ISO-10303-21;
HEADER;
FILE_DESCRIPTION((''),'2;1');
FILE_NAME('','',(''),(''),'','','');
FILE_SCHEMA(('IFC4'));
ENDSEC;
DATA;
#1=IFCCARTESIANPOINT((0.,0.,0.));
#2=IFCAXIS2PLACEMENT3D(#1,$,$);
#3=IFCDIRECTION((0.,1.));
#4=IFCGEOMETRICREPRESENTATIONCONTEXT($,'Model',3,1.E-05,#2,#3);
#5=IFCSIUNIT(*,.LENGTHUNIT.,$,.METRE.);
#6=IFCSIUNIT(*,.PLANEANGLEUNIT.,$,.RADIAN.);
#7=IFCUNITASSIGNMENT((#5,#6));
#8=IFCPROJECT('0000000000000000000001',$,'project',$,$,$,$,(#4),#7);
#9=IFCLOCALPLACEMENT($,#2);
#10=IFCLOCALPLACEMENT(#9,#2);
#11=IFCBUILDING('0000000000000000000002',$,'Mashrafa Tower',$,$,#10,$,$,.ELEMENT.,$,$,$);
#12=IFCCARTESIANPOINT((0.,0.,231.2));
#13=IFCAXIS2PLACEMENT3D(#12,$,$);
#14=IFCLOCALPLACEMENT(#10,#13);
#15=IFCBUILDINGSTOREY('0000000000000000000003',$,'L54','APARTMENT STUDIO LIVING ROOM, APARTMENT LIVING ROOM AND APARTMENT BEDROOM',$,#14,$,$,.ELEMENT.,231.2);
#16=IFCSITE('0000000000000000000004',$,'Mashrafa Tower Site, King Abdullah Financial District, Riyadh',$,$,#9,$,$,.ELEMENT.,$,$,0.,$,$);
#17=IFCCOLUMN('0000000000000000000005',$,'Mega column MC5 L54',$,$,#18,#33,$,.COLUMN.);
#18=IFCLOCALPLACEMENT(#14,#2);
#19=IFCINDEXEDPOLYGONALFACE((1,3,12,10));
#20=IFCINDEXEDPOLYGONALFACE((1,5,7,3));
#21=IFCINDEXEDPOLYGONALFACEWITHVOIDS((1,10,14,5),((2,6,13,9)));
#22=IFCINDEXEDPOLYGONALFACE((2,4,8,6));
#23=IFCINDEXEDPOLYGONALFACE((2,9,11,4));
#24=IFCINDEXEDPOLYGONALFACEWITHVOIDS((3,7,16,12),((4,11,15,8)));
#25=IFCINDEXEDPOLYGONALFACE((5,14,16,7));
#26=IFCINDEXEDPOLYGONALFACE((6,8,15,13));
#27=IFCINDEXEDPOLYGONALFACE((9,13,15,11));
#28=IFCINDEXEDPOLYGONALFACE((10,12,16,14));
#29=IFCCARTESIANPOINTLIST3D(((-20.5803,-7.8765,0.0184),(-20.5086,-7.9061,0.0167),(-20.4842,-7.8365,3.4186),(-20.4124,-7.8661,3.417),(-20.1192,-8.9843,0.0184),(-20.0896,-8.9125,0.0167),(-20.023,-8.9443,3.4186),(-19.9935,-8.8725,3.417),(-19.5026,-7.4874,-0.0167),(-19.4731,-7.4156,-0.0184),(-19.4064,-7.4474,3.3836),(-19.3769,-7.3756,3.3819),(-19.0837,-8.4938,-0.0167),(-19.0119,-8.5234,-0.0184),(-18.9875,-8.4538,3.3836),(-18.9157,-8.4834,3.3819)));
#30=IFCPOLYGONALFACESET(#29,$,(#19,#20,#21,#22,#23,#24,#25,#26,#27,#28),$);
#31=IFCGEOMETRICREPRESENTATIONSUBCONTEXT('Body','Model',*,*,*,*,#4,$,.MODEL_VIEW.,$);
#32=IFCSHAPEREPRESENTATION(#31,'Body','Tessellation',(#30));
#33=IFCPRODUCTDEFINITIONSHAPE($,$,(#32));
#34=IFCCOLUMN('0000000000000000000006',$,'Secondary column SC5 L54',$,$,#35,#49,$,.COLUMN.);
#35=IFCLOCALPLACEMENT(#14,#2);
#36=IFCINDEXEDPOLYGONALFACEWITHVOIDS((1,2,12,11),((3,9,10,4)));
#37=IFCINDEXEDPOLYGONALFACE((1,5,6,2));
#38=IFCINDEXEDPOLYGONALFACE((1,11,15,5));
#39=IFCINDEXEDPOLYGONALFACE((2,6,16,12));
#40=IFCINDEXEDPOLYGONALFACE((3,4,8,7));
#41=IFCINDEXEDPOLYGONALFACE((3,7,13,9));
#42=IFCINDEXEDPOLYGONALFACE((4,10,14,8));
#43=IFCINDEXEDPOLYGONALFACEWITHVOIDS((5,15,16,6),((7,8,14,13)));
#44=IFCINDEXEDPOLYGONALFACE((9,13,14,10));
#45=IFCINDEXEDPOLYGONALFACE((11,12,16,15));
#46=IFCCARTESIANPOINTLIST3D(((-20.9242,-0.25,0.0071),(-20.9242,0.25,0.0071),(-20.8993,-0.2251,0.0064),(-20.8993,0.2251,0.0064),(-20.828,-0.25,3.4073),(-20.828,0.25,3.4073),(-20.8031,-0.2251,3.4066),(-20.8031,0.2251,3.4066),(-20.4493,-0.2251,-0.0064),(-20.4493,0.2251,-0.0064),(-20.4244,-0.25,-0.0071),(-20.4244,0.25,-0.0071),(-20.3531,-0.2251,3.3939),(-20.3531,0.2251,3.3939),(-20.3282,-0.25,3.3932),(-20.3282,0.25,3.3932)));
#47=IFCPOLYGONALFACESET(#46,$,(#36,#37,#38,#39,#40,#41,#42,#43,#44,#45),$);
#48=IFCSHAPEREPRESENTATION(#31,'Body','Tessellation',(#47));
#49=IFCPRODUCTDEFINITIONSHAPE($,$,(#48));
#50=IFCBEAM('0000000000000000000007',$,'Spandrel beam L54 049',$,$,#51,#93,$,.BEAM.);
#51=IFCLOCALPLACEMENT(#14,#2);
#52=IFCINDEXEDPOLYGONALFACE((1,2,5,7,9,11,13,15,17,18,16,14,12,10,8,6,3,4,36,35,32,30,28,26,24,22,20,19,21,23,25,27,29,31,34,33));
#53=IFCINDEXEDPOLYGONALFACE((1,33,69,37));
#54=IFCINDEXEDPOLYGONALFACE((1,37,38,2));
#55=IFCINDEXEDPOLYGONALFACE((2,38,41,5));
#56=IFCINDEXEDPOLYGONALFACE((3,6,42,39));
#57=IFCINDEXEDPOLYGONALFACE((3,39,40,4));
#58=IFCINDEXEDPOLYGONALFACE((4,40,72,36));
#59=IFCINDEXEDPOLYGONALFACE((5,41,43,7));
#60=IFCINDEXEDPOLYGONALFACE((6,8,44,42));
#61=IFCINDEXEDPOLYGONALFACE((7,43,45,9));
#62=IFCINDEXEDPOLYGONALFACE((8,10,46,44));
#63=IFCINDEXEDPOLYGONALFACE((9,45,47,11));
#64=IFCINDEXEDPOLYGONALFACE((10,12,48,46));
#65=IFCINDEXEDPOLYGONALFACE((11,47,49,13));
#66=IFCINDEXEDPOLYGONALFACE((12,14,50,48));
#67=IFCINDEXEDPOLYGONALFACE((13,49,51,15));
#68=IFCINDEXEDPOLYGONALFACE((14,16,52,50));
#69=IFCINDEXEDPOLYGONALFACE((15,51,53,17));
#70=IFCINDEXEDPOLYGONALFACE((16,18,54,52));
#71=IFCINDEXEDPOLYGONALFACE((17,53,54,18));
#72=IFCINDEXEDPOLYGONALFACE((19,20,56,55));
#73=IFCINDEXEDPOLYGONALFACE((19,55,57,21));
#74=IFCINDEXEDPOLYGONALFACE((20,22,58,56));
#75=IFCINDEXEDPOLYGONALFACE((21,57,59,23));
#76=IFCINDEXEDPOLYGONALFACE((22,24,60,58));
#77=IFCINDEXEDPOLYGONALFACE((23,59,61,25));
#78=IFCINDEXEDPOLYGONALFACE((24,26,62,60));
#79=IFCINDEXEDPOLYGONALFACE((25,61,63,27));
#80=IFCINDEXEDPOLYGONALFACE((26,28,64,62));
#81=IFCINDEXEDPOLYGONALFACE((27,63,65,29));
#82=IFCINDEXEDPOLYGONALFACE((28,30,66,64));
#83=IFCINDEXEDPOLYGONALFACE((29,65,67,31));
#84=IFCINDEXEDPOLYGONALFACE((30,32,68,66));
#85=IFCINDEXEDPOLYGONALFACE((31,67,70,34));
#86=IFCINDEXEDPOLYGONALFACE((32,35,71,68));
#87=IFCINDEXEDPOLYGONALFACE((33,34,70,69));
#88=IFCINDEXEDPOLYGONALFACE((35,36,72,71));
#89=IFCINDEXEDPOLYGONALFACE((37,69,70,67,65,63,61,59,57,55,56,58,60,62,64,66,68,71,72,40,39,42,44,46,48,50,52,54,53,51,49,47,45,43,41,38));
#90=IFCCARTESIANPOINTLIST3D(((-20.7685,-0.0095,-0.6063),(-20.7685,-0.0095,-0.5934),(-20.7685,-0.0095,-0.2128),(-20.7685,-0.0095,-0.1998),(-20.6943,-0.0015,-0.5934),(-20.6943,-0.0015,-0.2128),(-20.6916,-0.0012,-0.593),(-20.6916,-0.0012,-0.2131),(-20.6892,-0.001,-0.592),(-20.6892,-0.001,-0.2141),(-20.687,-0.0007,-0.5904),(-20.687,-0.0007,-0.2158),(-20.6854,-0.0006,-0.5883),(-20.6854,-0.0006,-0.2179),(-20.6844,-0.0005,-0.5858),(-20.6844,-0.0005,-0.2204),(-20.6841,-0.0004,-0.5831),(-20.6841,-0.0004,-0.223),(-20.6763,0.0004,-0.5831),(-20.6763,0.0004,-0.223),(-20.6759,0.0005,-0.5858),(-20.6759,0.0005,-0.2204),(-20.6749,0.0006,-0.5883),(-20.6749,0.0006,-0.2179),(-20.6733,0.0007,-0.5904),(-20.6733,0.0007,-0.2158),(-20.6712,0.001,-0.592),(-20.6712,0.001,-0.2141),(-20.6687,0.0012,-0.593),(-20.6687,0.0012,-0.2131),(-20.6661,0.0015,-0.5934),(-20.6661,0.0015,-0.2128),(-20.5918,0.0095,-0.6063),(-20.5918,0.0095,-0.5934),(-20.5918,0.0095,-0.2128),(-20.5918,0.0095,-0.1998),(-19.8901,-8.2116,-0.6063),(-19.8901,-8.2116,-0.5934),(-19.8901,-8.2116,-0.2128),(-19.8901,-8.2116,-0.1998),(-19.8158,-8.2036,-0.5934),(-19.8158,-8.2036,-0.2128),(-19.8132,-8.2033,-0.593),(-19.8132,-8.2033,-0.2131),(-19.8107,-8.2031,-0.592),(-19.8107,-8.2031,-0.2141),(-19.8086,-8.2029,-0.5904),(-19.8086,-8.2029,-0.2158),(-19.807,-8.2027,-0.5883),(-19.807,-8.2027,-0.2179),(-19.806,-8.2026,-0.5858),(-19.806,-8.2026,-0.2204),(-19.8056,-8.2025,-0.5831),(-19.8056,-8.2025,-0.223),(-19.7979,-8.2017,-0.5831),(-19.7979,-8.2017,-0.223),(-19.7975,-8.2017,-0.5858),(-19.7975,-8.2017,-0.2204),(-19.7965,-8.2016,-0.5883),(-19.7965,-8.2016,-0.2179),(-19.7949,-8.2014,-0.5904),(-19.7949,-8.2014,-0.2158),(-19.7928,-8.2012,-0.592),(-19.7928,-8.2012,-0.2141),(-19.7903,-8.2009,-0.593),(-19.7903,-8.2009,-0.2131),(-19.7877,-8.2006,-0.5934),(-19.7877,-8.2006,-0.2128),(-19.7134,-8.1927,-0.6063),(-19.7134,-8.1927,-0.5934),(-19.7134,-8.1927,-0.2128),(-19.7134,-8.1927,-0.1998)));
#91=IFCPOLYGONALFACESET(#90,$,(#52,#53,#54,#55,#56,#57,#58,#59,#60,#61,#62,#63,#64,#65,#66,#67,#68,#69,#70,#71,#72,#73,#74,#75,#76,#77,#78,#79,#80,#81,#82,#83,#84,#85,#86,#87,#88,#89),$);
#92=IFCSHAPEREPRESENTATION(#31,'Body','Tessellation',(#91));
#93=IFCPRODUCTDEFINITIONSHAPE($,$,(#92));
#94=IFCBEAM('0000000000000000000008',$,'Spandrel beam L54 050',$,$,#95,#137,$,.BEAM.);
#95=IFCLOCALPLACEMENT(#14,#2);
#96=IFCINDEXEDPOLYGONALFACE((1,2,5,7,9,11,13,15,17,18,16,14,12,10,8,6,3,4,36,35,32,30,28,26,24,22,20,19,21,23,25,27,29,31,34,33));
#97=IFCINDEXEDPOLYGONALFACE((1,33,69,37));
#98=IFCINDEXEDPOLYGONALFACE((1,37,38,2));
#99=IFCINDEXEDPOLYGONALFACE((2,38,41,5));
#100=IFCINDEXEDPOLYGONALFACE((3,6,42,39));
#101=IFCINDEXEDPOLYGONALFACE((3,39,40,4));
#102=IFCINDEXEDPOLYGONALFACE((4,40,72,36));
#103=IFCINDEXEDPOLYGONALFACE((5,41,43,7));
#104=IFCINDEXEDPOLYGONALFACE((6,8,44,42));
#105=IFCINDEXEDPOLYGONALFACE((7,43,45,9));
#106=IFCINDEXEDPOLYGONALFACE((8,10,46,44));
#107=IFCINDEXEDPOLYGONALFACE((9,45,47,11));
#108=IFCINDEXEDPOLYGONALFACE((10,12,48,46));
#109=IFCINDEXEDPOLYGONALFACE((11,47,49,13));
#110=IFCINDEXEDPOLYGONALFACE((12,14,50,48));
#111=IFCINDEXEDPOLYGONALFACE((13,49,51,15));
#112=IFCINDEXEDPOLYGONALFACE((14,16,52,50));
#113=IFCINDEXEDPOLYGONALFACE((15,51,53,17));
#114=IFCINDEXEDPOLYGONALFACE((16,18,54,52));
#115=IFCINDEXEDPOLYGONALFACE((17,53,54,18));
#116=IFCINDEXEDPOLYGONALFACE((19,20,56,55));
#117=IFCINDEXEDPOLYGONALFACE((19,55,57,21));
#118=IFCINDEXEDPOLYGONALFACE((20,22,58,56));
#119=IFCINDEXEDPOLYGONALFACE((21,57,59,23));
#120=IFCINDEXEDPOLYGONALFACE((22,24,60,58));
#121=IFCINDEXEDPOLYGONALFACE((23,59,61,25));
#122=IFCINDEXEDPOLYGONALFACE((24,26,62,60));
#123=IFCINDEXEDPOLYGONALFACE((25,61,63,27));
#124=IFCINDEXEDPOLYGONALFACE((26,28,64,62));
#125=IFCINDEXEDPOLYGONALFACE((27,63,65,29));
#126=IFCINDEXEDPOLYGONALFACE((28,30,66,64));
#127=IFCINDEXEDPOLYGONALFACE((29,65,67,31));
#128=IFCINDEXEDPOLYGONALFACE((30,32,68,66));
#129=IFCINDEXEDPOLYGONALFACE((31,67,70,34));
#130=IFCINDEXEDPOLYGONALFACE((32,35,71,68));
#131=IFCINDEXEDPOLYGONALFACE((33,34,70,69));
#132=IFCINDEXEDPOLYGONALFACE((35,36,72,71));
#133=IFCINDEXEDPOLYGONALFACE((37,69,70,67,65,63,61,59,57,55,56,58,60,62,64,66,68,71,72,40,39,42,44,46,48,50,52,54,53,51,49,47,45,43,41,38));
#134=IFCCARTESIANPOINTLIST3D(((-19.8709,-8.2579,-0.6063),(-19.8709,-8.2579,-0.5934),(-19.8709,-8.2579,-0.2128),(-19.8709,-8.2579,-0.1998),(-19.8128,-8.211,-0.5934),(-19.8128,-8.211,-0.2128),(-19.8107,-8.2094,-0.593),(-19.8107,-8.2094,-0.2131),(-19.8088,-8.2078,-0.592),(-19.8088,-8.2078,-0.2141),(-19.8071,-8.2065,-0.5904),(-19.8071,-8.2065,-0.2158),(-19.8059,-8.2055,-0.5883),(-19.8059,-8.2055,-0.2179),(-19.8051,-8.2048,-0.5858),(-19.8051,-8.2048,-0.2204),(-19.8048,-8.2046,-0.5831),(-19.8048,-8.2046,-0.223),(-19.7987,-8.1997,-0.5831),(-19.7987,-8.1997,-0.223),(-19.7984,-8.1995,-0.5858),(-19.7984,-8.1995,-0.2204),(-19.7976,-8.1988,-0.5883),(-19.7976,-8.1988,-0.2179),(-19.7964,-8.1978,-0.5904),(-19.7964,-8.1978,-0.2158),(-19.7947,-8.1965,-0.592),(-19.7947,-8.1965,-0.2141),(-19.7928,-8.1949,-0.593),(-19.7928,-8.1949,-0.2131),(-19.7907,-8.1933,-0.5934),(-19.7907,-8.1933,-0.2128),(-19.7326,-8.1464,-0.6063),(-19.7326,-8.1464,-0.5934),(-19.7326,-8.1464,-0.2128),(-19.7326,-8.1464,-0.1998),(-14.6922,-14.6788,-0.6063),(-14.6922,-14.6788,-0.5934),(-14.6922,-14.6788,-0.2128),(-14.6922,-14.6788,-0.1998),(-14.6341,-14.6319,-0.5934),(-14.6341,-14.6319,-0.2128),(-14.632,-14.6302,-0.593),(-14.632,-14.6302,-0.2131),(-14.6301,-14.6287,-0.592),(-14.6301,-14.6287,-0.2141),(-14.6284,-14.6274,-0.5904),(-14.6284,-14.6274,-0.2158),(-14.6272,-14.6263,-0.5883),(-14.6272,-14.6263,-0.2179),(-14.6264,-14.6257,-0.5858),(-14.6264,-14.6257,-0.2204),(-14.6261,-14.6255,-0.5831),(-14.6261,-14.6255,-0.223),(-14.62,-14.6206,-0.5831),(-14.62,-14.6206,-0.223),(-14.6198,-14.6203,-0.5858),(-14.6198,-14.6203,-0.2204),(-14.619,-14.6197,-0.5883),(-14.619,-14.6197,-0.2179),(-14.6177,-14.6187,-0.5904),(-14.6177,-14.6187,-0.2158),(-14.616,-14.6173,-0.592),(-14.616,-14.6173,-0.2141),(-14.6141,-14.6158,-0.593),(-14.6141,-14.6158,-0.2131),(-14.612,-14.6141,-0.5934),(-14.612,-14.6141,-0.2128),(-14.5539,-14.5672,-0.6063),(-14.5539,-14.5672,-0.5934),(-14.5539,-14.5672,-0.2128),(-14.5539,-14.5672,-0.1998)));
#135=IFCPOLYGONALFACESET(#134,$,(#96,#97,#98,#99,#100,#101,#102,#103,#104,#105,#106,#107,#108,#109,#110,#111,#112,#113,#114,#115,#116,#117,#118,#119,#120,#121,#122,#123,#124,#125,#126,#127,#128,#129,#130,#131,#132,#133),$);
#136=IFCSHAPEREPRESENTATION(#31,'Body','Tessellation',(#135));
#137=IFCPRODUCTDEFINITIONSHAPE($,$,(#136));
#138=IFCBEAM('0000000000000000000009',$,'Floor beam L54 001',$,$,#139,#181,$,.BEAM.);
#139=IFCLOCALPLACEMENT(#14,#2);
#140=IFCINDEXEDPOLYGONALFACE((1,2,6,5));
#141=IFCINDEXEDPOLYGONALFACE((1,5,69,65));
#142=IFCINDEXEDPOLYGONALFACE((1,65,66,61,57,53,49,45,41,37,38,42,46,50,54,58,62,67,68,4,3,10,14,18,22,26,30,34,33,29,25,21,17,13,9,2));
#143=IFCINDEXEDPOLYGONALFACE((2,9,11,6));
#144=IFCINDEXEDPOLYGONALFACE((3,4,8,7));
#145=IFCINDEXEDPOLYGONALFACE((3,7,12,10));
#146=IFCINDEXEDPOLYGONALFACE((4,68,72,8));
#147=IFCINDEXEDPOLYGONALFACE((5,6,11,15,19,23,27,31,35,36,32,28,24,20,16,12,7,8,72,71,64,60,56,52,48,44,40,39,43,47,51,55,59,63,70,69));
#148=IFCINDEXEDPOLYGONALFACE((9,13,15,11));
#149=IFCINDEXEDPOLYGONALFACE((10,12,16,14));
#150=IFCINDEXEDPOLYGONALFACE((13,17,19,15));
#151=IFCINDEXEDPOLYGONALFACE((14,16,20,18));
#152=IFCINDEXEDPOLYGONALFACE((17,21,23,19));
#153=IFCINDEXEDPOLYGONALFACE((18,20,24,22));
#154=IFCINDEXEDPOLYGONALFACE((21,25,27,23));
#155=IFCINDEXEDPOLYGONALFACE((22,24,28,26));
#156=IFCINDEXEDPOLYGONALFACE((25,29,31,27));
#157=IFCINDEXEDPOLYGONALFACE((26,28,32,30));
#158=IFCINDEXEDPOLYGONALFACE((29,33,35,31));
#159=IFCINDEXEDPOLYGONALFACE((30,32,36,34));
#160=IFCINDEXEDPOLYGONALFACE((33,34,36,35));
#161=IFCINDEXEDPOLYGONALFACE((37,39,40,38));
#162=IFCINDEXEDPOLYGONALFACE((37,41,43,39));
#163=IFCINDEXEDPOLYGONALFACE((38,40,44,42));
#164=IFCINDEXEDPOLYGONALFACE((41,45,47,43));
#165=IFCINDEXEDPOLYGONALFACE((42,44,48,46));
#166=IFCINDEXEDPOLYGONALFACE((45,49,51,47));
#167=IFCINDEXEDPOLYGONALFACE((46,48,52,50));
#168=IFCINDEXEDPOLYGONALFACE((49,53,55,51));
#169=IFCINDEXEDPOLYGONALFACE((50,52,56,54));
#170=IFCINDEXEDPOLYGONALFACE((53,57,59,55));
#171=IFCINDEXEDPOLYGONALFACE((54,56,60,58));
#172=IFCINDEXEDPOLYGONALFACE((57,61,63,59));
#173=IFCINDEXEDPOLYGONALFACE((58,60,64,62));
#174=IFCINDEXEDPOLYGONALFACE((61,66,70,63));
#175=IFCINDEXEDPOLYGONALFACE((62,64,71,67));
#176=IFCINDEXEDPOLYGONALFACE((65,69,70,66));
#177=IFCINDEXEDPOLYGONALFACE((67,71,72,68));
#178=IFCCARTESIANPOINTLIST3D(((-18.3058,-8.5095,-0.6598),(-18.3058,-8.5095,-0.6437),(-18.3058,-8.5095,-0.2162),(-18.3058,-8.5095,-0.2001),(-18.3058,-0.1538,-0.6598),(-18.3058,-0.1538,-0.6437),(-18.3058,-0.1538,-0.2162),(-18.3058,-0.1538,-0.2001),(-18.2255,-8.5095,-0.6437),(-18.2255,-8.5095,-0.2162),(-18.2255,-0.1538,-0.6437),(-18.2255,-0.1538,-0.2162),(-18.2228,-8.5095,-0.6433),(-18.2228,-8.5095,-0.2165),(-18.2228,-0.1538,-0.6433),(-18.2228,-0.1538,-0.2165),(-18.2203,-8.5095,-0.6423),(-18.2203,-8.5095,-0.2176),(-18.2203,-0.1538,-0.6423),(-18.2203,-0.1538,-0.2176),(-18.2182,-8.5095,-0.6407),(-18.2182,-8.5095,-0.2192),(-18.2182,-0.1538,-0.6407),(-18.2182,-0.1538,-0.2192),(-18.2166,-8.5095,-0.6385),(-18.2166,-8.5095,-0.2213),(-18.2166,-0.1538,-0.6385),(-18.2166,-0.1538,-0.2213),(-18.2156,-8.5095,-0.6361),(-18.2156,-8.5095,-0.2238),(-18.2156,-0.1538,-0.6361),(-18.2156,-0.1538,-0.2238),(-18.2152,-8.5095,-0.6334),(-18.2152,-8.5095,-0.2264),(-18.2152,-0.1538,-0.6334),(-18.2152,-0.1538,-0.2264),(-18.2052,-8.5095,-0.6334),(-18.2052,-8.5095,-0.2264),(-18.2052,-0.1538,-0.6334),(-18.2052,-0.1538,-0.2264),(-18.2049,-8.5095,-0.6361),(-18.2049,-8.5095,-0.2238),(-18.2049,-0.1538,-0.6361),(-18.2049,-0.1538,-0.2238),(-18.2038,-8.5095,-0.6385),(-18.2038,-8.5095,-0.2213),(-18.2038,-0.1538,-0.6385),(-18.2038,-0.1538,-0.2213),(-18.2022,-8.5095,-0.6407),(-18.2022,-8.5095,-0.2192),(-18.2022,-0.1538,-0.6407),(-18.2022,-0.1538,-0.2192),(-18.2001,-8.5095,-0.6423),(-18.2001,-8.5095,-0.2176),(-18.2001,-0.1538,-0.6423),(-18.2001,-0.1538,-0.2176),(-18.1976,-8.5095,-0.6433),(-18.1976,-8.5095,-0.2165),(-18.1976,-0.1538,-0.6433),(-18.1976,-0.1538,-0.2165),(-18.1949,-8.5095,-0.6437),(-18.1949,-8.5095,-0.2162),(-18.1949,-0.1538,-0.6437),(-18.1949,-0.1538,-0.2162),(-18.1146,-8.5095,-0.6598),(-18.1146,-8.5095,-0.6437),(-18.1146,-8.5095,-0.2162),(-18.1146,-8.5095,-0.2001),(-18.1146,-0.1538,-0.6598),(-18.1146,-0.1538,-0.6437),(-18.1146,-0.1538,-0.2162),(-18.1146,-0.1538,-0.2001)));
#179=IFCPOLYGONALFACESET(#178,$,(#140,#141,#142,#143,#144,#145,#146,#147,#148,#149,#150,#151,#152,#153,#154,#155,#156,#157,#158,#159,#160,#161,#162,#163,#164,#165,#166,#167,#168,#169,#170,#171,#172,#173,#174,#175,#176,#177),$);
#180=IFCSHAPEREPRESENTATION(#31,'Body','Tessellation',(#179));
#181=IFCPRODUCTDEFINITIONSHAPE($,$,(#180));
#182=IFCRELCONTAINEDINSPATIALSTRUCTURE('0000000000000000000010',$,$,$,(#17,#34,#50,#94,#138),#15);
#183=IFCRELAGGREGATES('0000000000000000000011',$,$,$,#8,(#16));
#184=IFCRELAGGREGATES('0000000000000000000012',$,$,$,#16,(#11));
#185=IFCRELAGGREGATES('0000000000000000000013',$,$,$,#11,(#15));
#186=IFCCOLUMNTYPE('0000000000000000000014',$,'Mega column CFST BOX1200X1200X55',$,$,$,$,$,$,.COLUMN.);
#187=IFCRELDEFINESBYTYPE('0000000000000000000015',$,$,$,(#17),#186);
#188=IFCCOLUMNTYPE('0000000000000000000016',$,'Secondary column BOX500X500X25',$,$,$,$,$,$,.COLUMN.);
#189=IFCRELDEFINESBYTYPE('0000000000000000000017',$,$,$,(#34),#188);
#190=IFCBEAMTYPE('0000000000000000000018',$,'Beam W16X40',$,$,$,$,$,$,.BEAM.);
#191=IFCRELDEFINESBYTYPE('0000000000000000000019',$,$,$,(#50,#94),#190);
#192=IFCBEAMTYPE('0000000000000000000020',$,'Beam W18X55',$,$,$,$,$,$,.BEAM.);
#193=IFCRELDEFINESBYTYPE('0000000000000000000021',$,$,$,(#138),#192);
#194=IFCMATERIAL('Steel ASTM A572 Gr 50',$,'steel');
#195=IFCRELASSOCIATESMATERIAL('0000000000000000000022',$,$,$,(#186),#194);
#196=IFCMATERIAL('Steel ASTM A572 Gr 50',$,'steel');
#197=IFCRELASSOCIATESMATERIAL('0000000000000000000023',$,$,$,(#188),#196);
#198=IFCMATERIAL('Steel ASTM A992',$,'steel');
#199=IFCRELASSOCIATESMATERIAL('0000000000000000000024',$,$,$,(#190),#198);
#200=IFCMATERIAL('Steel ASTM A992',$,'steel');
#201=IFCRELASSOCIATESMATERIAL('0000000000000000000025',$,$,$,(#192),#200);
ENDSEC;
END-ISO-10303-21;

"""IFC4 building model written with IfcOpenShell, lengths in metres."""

from ifc_helpers import new_model, si_unit, direction, frame, origin, origin_2d, place, context, subcontext, project, spatial, hollow_rectangle, i_section, extrude, material, material_profile, profile_set, type_object, element, save


model = new_model("IFC4")

# Units and contexts
model_context = context("Model", 3, precision=1e-05, world=origin(), true_north=direction((0.0, 1.0)))
body_context = subcontext(model_context, "Body", "Model", "MODEL_VIEW")
ifc_project = project(units=[si_unit("LENGTHUNIT", "METRE"), si_unit("PLANEANGLEUNIT", "RADIAN")], contexts=[model_context])

# Site, building, storey
site_placement = place(None, origin())
site = spatial("IfcSite", under=ifc_project, at=site_placement, Name="Mashrafa Tower Site, King Abdullah Financial District, Riyadh", CompositionType="ELEMENT", RefElevation=0.0)
building_placement = place(site_placement, origin())
building = spatial("IfcBuilding", under=site, at=building_placement, Name="Mashrafa Tower", CompositionType="ELEMENT")
storey_placement = place(building_placement, frame((0.0, 0.0, 231.2)))
storey = spatial("IfcBuildingStorey", under=building, at=storey_placement, Name="L54", Description="APARTMENT STUDIO LIVING ROOM, APARTMENT LIVING ROOM AND APARTMENT BEDROOM", CompositionType="ELEMENT", Elevation=231.2)

# Columns
ifc_material_1 = material(Name="Steel ASTM A572 Gr 50", Category="steel")
ifc_material_profile_1 = material_profile(ifc_material_1, hollow_rectangle(XDim=1.2, YDim=1.2, WallThickness=0.0549, at=origin_2d()), Name="BOX1200X1200X55")
ifc_profile_set_1 = profile_set([ifc_material_profile_1], Name="Steel ASTM A572 Gr 50")
column_type_1 = type_object("IfcColumnType", Name="Mega column CFST BOX1200X1200X55", PredefinedType="COLUMN", material=ifc_profile_set_1)
column_1_placement = place(storey_placement, frame((-19.7961, -8.2, 0.0), z_axis=(0.028277, 0.01177, 0.999531), x_axis=(-0.384283, 0.923216, 0.0)))
element("IfcColumn", 1, at=column_1_placement, inside=storey, type_object=column_type_1, Name="Mega column MC5 L54", PredefinedType="COLUMN", context=body_context, shape_type="SweptSolid", body=[
    extrude(hollow_rectangle(XDim=1.2, YDim=1.2, WallThickness=0.0549, at=origin_2d()), origin(), (0.0, 0.0, 1.0), 3.4019),
])
ifc_material_2 = material(Name="Steel ASTM A572 Gr 50", Category="steel")
ifc_material_profile_2 = material_profile(ifc_material_2, hollow_rectangle(XDim=0.5, YDim=0.5, WallThickness=0.0249, at=origin_2d()), Name="BOX500X500X25")
ifc_profile_set_2 = profile_set([ifc_material_profile_2], Name="Steel ASTM A572 Gr 50")
column_type_2 = type_object("IfcColumnType", Name="Secondary column BOX500X500X25", PredefinedType="COLUMN", material=ifc_profile_set_2)
column_2_placement = place(storey_placement, frame((-20.6743, 0.0, 0.0), z_axis=(0.028279, 0.0, 0.9996), x_axis=(0.0, 1.0, 0.0)))
element("IfcColumn", 2, at=column_2_placement, inside=storey, type_object=column_type_2, Name="Secondary column SC5 L54", PredefinedType="COLUMN", context=body_context, shape_type="SweptSolid", body=[
    extrude(hollow_rectangle(XDim=0.5, YDim=0.5, WallThickness=0.0249, at=origin_2d()), origin(), (0.0, 0.0, 1.0), 3.4016),
])

# Beams
ifc_material_3 = material(Name="Steel ASTM A992", Category="steel")
ifc_material_profile_3 = material_profile(ifc_material_3, i_section(OverallWidth=0.1777, OverallDepth=0.4065, WebThickness=0.0078, FlangeThickness=0.0129, FilletRadius=0.0103, at=origin_2d()), Name="W16X40")
ifc_profile_set_3 = profile_set([ifc_material_profile_3], Name="Steel ASTM A992")
beam_type_1 = type_object("IfcBeamType", Name="Beam W16X40", PredefinedType="BEAM", material=ifc_profile_set_3)
for number, where, z_axis, x_axis, name in (
    (3, (-20.6802, 0.0, -0.4031), (0.106487, -0.994314, 0.0), (0.994314, 0.106487, 0.0), "Spandrel beam L54 049"),
    (4, (-19.8018, -8.2021, -0.4031), (0.627794, -0.778379, 0.0), (0.778379, 0.627794, 0.0), "Spandrel beam L54 050"),
):
    element("IfcBeam", number, at=place(storey_placement, frame(where, z_axis=z_axis, x_axis=x_axis)), inside=storey, type_object=beam_type_1, Name=name, PredefinedType="BEAM", context=body_context, shape_type="SweptSolid", body=[
        extrude(i_section(OverallWidth=0.1777, OverallDepth=0.4065, WebThickness=0.0078, FlangeThickness=0.0129, FilletRadius=0.0103, at=origin_2d()), origin(), (0.0, 0.0, 1.0), 8.249),
    ])
ifc_material_4 = material(Name="Steel ASTM A992", Category="steel")
ifc_material_profile_4 = material_profile(ifc_material_4, i_section(OverallWidth=0.1912, OverallDepth=0.4597, WebThickness=0.01, FlangeThickness=0.0161, FilletRadius=0.0103, at=origin_2d()), Name="W18X55")
ifc_profile_set_4 = profile_set([ifc_material_profile_4], Name="Steel ASTM A992")
beam_type_2 = type_object("IfcBeamType", Name="Beam W18X55", PredefinedType="BEAM", material=ifc_profile_set_4)
beam_1_placement = place(storey_placement, frame((-18.2102, -8.5095, -0.4299), z_axis=(0.0, 1.0, 0.0), x_axis=(-1.0, 0.0, 0.0)))
element("IfcBeam", 5, at=beam_1_placement, inside=storey, type_object=beam_type_2, Name="Floor beam L54 001", PredefinedType="BEAM", context=body_context, shape_type="SweptSolid", body=[
    extrude(i_section(OverallWidth=0.1912, OverallDepth=0.4597, WebThickness=0.01, FlangeThickness=0.0161, FilletRadius=0.0103, at=origin_2d()), origin(), (0.0, 0.0, 1.0), 8.3557),
])

save(model, "model.ifc")
